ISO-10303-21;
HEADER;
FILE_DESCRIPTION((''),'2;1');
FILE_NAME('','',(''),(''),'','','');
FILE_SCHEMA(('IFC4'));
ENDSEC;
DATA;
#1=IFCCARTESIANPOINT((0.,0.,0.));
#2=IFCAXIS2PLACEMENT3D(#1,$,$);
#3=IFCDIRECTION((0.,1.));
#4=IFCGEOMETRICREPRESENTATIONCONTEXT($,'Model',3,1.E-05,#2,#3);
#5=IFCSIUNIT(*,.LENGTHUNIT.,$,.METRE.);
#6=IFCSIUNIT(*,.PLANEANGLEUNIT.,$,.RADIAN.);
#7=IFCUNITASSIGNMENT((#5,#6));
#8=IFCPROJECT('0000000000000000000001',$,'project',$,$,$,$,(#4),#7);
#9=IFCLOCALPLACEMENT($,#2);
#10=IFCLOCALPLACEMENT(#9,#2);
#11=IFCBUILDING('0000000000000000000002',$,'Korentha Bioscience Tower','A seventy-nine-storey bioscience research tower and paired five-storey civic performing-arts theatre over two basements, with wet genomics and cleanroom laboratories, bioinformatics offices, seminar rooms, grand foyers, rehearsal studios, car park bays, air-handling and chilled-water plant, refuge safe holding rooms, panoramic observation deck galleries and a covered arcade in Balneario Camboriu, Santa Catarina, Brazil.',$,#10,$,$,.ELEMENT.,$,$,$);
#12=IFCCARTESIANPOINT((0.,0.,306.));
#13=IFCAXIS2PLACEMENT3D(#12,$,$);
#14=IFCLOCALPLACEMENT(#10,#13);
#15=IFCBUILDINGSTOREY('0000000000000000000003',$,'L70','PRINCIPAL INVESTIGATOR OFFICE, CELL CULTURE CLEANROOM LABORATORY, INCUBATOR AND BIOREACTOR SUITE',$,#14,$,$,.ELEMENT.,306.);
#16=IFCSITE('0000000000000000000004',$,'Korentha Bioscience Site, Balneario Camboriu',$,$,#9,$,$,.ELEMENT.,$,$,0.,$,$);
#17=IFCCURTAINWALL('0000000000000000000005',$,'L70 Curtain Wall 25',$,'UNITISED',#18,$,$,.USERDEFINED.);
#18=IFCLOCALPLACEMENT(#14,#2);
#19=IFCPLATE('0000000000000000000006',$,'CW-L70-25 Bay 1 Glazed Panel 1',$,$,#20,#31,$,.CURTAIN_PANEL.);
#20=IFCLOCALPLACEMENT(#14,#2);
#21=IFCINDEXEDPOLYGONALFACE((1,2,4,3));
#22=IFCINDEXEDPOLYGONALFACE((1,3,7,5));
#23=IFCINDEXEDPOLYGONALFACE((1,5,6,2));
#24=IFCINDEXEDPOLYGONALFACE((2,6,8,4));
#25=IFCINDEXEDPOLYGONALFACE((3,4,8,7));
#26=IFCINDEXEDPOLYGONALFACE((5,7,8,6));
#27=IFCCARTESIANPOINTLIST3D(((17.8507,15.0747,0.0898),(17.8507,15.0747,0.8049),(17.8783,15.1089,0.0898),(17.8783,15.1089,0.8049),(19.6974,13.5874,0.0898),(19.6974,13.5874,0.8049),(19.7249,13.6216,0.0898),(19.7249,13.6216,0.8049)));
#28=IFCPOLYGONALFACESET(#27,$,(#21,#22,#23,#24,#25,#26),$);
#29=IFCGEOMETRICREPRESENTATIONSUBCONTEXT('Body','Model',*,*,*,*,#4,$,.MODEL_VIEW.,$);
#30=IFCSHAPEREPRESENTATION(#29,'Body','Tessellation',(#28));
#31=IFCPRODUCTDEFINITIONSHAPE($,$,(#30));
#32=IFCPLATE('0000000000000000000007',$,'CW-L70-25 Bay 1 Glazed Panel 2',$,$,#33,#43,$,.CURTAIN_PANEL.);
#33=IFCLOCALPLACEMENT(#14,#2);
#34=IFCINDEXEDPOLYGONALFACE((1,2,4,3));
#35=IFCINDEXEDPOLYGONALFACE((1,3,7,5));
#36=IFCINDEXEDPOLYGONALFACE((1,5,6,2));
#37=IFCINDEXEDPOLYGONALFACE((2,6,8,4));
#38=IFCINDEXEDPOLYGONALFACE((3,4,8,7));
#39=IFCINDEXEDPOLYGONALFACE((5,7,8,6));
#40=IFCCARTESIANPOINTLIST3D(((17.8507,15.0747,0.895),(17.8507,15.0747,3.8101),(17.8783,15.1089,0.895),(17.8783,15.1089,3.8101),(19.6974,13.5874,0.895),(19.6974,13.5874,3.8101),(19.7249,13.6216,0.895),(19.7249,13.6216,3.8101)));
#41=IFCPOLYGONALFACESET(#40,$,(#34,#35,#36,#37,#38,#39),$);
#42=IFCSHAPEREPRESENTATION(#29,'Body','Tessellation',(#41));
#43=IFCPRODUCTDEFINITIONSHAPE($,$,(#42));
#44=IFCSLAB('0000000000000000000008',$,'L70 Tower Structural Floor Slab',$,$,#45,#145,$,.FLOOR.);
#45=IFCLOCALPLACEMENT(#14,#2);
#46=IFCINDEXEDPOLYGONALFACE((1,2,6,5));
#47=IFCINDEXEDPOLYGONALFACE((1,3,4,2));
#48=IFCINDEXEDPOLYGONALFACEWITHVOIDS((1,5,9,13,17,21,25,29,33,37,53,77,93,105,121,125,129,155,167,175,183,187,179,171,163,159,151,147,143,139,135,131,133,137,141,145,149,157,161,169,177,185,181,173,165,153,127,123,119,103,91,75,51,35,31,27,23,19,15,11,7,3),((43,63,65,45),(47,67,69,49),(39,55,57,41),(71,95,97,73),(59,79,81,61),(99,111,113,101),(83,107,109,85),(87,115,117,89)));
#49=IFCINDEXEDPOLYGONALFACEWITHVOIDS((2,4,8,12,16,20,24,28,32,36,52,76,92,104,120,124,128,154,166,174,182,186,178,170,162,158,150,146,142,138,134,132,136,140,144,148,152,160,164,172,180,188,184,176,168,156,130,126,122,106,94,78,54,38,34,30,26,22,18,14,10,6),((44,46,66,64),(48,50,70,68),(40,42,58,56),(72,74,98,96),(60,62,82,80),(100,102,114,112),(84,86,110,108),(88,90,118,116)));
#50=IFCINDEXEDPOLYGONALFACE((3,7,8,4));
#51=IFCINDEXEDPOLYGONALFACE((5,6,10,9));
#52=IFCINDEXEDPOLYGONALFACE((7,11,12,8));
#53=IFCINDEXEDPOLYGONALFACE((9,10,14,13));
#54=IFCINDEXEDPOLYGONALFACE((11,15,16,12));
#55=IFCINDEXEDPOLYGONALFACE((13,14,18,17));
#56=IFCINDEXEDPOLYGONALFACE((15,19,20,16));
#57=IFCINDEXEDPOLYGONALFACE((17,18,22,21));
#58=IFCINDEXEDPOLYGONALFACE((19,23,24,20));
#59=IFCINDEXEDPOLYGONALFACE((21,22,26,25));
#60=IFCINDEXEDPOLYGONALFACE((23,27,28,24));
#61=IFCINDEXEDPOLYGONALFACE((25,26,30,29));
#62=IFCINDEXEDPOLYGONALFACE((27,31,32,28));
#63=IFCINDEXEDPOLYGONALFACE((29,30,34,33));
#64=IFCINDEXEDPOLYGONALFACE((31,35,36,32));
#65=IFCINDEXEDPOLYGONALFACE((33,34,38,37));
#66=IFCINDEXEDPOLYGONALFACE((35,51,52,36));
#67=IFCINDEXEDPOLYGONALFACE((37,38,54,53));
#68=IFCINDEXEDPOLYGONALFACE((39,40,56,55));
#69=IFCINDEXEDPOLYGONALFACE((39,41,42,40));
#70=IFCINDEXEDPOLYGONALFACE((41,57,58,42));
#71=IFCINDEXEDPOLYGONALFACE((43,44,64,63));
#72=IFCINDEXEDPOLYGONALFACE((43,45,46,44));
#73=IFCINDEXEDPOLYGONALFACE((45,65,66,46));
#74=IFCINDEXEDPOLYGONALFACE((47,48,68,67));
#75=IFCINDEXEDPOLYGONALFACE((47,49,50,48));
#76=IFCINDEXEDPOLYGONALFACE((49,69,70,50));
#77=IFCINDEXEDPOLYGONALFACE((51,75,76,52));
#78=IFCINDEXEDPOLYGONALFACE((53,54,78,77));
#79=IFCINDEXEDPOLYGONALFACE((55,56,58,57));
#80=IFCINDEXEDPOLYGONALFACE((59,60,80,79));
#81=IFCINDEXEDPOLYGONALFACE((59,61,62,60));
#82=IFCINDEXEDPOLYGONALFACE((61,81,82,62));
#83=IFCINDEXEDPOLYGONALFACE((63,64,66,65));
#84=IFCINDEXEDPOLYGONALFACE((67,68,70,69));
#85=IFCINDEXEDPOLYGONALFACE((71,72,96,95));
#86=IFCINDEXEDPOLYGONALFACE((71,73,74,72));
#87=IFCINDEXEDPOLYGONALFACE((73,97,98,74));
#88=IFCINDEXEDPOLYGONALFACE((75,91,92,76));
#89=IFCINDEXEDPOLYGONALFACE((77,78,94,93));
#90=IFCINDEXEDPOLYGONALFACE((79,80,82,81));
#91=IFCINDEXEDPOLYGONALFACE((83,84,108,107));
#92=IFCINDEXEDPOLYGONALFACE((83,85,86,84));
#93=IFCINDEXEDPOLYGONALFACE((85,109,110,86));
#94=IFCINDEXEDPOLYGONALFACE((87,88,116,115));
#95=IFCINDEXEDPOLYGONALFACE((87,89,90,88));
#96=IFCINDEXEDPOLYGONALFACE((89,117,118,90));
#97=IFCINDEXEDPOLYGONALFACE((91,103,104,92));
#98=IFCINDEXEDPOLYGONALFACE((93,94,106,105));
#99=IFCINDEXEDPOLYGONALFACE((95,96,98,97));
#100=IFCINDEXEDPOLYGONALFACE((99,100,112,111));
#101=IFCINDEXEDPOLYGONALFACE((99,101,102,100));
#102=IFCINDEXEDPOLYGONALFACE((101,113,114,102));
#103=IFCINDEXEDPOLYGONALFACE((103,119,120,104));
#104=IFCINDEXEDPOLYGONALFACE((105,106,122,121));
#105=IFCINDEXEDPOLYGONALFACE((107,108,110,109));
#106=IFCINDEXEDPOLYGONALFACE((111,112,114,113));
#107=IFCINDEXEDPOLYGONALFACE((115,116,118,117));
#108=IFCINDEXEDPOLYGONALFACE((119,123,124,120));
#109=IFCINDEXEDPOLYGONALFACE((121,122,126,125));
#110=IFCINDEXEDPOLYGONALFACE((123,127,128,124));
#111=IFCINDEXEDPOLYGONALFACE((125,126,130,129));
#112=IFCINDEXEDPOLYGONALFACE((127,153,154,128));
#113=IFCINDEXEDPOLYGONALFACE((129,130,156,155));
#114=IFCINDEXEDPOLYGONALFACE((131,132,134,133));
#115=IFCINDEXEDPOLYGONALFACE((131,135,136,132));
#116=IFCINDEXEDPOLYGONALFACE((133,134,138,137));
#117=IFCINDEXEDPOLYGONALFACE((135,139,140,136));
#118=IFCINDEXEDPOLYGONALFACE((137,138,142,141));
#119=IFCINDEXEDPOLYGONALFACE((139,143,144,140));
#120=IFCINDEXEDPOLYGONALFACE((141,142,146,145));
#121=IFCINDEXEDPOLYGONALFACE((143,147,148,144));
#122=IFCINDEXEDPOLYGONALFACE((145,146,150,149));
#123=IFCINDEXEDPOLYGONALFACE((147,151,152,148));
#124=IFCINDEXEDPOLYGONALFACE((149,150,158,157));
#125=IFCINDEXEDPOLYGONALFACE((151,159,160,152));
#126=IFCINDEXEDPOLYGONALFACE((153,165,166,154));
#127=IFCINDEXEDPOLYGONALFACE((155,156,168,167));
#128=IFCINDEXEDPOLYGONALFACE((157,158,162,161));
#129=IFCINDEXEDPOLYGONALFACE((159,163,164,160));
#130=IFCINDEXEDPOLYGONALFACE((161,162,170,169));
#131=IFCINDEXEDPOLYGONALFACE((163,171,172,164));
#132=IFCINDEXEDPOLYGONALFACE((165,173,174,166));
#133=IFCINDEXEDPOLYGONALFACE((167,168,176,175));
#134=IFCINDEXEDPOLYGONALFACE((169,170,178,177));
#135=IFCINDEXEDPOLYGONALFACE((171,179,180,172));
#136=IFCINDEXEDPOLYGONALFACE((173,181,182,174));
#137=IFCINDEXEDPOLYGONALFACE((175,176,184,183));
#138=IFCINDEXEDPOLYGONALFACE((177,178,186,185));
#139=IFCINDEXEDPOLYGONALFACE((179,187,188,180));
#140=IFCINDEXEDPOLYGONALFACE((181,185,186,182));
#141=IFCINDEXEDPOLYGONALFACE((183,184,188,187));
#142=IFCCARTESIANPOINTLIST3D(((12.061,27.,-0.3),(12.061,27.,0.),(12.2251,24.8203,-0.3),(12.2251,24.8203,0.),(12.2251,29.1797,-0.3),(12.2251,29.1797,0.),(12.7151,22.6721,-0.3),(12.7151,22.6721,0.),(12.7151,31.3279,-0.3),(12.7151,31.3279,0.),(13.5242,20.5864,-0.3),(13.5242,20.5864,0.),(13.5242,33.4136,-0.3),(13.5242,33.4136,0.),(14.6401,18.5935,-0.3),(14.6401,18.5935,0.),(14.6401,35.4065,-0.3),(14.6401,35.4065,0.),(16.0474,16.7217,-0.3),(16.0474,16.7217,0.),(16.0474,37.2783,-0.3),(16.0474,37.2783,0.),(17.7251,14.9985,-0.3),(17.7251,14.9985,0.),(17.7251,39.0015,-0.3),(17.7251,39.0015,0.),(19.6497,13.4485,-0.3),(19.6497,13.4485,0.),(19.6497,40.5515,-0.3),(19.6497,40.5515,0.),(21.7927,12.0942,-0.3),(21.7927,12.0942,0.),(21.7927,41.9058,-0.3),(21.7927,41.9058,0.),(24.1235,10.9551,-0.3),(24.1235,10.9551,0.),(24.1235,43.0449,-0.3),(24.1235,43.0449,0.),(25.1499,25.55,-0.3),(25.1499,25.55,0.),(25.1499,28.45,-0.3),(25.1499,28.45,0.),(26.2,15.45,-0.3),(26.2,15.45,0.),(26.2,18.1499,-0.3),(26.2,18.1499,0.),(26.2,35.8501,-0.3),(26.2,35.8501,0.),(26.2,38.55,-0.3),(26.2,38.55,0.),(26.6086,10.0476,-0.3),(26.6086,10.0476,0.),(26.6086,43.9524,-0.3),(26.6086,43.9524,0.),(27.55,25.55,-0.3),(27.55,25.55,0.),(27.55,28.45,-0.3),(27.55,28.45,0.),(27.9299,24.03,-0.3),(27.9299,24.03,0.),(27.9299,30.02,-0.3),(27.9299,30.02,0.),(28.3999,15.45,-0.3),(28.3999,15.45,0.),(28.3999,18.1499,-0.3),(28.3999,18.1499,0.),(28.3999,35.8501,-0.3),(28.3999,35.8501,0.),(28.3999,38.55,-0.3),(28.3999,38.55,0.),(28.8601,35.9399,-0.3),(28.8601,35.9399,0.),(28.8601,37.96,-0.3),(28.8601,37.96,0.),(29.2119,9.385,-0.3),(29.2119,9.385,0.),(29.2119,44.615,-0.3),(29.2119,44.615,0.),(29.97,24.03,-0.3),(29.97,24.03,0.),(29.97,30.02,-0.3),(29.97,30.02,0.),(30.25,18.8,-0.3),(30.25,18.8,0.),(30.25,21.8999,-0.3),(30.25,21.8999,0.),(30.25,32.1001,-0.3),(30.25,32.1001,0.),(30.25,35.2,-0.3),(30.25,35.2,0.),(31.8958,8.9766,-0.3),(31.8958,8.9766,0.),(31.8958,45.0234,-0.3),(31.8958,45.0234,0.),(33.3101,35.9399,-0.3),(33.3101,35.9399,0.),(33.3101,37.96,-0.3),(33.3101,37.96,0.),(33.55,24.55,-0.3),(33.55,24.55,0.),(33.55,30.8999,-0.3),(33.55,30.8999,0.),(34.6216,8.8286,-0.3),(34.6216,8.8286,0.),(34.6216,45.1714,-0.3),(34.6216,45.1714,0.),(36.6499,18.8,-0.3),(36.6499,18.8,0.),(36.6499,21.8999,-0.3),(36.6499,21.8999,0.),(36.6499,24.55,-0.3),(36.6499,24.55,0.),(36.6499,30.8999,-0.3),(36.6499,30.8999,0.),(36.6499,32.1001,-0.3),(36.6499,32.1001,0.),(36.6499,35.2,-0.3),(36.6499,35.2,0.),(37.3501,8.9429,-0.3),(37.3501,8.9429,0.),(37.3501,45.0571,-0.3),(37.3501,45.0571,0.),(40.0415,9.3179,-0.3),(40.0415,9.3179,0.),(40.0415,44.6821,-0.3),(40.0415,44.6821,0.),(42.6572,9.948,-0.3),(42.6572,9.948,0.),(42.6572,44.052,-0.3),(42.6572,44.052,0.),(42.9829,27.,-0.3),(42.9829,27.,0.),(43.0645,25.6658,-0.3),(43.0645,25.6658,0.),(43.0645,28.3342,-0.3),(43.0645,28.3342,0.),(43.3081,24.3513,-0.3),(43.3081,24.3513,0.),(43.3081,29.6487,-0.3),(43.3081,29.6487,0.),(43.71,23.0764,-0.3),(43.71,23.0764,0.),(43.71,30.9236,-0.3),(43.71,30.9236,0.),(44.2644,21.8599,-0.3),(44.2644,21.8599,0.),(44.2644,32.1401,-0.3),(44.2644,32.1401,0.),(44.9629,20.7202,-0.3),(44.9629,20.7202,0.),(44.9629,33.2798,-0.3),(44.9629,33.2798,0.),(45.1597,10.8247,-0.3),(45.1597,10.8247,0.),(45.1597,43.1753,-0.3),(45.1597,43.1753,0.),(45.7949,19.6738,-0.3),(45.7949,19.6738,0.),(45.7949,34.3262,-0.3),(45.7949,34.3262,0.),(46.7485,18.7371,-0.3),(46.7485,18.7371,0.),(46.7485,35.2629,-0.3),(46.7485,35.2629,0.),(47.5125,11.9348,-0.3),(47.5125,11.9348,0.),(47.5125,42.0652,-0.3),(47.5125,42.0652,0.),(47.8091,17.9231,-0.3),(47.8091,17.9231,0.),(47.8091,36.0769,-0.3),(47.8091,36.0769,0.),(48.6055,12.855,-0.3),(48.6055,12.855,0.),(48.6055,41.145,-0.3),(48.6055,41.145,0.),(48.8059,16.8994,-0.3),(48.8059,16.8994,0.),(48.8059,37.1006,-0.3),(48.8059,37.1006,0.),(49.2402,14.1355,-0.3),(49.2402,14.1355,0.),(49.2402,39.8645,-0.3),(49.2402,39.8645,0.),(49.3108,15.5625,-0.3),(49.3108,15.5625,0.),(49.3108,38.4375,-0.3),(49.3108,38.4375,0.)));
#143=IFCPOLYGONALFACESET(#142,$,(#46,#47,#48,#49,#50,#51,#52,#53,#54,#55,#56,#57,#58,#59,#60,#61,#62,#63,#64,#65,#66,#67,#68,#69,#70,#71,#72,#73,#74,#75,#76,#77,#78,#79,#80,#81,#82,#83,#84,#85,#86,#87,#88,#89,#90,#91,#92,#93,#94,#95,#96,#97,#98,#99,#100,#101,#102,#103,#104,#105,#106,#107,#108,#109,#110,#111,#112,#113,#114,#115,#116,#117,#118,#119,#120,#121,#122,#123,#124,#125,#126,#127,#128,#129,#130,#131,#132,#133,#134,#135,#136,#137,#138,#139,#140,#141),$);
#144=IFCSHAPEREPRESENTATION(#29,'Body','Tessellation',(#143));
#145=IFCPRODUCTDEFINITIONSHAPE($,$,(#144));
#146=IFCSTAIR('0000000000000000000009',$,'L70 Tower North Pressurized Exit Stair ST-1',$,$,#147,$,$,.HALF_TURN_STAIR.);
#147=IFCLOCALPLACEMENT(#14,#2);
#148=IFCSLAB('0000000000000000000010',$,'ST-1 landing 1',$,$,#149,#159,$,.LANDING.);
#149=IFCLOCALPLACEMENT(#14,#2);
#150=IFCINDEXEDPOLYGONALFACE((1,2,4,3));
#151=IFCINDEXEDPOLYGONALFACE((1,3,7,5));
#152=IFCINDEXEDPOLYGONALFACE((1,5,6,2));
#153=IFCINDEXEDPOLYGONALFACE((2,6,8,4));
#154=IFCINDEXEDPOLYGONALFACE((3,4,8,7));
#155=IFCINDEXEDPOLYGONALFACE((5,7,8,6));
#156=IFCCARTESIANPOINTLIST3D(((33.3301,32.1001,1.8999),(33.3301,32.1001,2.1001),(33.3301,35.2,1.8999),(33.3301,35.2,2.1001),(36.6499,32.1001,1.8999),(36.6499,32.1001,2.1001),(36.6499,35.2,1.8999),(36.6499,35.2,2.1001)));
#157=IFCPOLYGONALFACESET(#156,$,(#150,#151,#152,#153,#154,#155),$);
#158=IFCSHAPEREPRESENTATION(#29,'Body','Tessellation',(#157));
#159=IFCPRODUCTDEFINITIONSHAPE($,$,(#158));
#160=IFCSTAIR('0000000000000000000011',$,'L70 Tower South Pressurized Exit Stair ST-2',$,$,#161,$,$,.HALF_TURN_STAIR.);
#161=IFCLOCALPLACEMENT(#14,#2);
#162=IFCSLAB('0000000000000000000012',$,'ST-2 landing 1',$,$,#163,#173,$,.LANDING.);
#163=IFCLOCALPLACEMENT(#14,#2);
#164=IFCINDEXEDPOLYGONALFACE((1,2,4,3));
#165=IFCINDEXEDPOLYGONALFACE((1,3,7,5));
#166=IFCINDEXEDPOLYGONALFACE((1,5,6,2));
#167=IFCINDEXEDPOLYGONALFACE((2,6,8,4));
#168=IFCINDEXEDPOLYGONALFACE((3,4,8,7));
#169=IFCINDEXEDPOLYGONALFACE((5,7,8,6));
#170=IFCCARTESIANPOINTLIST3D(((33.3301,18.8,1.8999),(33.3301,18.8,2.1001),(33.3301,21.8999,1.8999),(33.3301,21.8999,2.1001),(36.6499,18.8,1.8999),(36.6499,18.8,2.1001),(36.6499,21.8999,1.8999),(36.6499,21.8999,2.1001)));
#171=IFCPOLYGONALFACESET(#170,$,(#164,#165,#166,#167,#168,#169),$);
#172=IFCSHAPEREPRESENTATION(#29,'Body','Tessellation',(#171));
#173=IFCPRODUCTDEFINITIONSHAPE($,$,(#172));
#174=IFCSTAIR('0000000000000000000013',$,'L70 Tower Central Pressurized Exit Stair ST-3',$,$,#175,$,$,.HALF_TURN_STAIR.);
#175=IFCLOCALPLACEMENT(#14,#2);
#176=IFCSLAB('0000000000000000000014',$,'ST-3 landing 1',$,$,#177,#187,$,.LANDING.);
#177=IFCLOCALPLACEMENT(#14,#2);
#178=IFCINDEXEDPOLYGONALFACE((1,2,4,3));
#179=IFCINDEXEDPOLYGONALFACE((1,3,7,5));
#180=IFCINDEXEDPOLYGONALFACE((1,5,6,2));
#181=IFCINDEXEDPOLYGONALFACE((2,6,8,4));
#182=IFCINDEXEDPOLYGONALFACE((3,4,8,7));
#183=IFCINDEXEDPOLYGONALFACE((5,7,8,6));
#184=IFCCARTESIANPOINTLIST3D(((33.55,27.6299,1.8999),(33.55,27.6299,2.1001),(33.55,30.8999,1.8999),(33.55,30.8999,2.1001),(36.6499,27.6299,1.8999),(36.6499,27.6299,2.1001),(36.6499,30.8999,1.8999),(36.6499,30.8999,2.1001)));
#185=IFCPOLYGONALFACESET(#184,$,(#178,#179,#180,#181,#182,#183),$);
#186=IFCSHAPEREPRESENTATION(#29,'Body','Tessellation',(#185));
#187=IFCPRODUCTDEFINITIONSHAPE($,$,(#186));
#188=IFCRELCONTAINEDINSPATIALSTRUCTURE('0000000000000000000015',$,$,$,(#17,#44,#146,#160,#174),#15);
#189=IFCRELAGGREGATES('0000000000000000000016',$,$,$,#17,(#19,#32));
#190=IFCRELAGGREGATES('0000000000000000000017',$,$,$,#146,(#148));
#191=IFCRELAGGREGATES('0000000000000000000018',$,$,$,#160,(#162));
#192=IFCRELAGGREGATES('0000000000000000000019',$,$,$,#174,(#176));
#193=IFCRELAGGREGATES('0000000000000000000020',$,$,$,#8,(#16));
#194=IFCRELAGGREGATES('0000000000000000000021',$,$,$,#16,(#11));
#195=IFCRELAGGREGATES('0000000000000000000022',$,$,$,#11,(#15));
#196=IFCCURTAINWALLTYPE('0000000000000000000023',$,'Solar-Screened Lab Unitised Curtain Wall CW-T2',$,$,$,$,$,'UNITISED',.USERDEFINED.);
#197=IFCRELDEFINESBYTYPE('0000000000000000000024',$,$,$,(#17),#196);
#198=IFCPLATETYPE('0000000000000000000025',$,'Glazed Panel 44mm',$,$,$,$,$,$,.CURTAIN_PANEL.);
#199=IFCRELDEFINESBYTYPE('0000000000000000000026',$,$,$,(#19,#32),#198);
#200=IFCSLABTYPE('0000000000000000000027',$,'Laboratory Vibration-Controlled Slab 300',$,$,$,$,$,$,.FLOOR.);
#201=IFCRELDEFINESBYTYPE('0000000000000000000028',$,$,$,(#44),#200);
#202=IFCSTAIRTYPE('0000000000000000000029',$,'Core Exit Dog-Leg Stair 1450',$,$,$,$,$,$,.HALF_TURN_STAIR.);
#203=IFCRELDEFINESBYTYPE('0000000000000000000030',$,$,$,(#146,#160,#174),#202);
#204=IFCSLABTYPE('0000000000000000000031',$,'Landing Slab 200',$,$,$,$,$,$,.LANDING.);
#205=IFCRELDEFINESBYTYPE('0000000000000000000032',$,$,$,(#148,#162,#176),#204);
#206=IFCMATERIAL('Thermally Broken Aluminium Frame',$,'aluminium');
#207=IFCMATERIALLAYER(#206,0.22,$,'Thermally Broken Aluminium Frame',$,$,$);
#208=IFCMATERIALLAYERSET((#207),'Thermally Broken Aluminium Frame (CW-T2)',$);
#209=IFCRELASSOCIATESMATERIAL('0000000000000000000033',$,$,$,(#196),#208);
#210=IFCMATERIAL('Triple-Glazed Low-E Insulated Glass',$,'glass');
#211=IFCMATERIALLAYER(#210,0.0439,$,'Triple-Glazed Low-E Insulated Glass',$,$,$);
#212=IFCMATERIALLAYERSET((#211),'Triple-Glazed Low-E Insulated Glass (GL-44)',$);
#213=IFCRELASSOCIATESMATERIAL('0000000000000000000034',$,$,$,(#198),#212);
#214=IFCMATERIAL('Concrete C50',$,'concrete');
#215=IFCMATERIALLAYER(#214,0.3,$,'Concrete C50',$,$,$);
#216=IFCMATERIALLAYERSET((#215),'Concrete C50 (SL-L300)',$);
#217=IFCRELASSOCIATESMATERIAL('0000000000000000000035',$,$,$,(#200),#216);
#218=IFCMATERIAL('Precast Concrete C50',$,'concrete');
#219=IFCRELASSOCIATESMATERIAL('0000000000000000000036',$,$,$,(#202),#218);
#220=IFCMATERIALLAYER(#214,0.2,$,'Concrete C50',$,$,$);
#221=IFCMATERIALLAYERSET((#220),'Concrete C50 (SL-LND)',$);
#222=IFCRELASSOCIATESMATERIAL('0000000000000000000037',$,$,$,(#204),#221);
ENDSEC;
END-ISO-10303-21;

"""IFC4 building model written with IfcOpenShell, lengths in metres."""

from ifc_helpers import new_model, si_unit, direction, frame, origin, origin_2d, place, context, subcontext, project, spatial, polyline, rectangle, outline, extrude, material, layer, layer_set, type_object, element, aggregate, save


model = new_model("IFC4")

# Units and contexts
model_context = context("Model", 3, precision=1e-05, world=origin(), true_north=direction((0.0, 1.0)))
body_context = subcontext(model_context, "Body", "Model", "MODEL_VIEW")
ifc_project = project(units=[si_unit("LENGTHUNIT", "METRE"), si_unit("PLANEANGLEUNIT", "RADIAN")], contexts=[model_context])

# Site, building, storey
site_placement = place(None, origin())
site = spatial("IfcSite", under=ifc_project, at=site_placement, Name="Korentha Bioscience Site, Balneario Camboriu", CompositionType="ELEMENT", RefElevation=0.0)
building_placement = place(site_placement, origin())
building = spatial("IfcBuilding", under=site, at=building_placement, Name="Korentha Bioscience Tower", Description="A seventy-nine-storey bioscience research tower and paired five-storey civic performing-arts theatre over two basements, with wet genomics and cleanroom laboratories, bioinformatics offices, seminar rooms, grand foyers, rehearsal studios, car park bays, air-handling and chilled-water plant, refuge safe holding rooms, panoramic observation deck galleries and a covered arcade in Balneario Camboriu, Santa Catarina, Brazil.", CompositionType="ELEMENT")
storey_placement = place(building_placement, frame((0.0, 0.0, 306.0)))
storey = spatial("IfcBuildingStorey", under=building, at=storey_placement, Name="L70", Description="PRINCIPAL INVESTIGATOR OFFICE, CELL CULTURE CLEANROOM LABORATORY, INCUBATOR AND BIOREACTOR SUITE", CompositionType="ELEMENT", Elevation=306.0)

# Curtain wall, plates
ifc_material_1 = material(Name="Thermally Broken Aluminium Frame", Category="aluminium")
ifc_layer_1 = layer(ifc_material_1, 0.22, Name="Thermally Broken Aluminium Frame")
ifc_layer_set_1 = layer_set([ifc_layer_1], Name="Thermally Broken Aluminium Frame (CW-T2)")
curtain_wall_type = type_object("IfcCurtainWallType", Name="Solar-Screened Lab Unitised Curtain Wall CW-T2", ElementType="UNITISED", PredefinedType="USERDEFINED", material=ifc_layer_set_1)
curtain_wall_placement = place(storey_placement, origin())
curtain_wall = element("IfcCurtainWall", 1, at=curtain_wall_placement, inside=storey, type_object=curtain_wall_type, Name="L70 Curtain Wall 25", ObjectType="UNITISED", PredefinedType="USERDEFINED")
ifc_material_2 = material(Name="Triple-Glazed Low-E Insulated Glass", Category="glass")
ifc_layer_2 = layer(ifc_material_2, 0.0439, Name="Triple-Glazed Low-E Insulated Glass")
ifc_layer_set_2 = layer_set([ifc_layer_2], Name="Triple-Glazed Low-E Insulated Glass (GL-44)")
plate_type = type_object("IfcPlateType", Name="Glazed Panel 44mm", PredefinedType="CURTAIN_PANEL", material=ifc_layer_set_2)
plate_1_placement = place(storey_placement, frame((18.7878, 14.3481, 0.0898), z_axis=(0.0, 0.0, 1.0), x_axis=(0.778807, -0.627264, 0.0)))
plate_1 = element("IfcPlate", 2, at=plate_1_placement, type_object=plate_type, Name="CW-L70-25 Bay 1 Glazed Panel 1", PredefinedType="CURTAIN_PANEL", context=body_context, shape_type="SweptSolid", body=[
    extrude(rectangle(XDim=2.3711, YDim=0.0439, at=origin_2d()), origin(), (0.0, 0.0, 1.0), 0.7151),
])
plate_2_placement = place(storey_placement, frame((18.7878, 14.3481, 0.895), z_axis=(0.0, 0.0, 1.0), x_axis=(0.778807, -0.627264, 0.0)))
plate_2 = element("IfcPlate", 3, at=plate_2_placement, type_object=plate_type, Name="CW-L70-25 Bay 1 Glazed Panel 2", PredefinedType="CURTAIN_PANEL", context=body_context, shape_type="SweptSolid", body=[
    extrude(rectangle(XDim=2.3711, YDim=0.0439, at=origin_2d()), origin(), (0.0, 0.0, 1.0), 2.915),
])
aggregate(curtain_wall, [plate_1, plate_2])

# Slab
ifc_material_3 = material(Name="Concrete C50", Category="concrete")
ifc_layer_3 = layer(ifc_material_3, 0.3, Name="Concrete C50")
ifc_layer_set_3 = layer_set([ifc_layer_3], Name="Concrete C50 (SL-L300)")
slab_type_1 = type_object("IfcSlabType", Name="Laboratory Vibration-Controlled Slab 300", PredefinedType="FLOOR", material=ifc_layer_set_3)
slab_1_placement = place(storey_placement, frame((0.0, 0.0, -0.3)))
element("IfcSlab", 4, at=slab_1_placement, inside=storey, type_object=slab_type_1, Name="L70 Tower Structural Floor Slab", PredefinedType="FLOOR", context=body_context, shape_type="SweptSolid", body=[
    extrude(outline(polyline([(47.5125, 42.0652), (45.1597, 43.1753), (42.6572, 44.052), (40.0415, 44.6821), (37.3501, 45.0571), (34.6216, 45.1714), (31.8958, 45.0234), (29.2119, 44.615), (26.6086, 43.9524), (24.1235, 43.0449), (21.7927, 41.9058), (19.6497, 40.5515), (17.7251, 39.0015), (16.0474, 37.2783), (14.6401, 35.4065), (13.5242, 33.4136), (12.7151, 31.3279), (12.2251, 29.1797), (12.061, 27.0), (12.2251, 24.8203), (12.7151, 22.6721), (13.5242, 20.5864), (14.6401, 18.5935), (16.0474, 16.7217), (17.7251, 14.9985), (19.6497, 13.4485), (21.7927, 12.0942), (24.1235, 10.9551), (26.6086, 10.0476), (29.2119, 9.385), (31.8958, 8.9766), (34.6216, 8.8286), (37.3501, 8.9429), (40.0415, 9.3179), (42.6572, 9.948), (45.1597, 10.8247), (47.5125, 11.9348), (48.6055, 12.855), (49.2402, 14.1355), (49.3108, 15.5625), (48.8059, 16.8994), (47.8091, 17.9231), (46.7485, 18.7371), (45.7949, 19.6738), (44.9629, 20.7202), (44.2644, 21.8599), (43.71, 23.0764), (43.3081, 24.3513), (43.0645, 25.6658), (42.9829, 27.0), (43.0645, 28.3342), (43.3081, 29.6487), (43.71, 30.9236), (44.2644, 32.1401), (44.9629, 33.2798), (45.7949, 34.3262), (46.7485, 35.2629), (47.8091, 36.0769), (48.8059, 37.1006), (49.3108, 38.4375), (49.2402, 39.8645), (48.6055, 41.145), (47.5125, 42.0652)]), holes=[polyline([(30.25, 32.1001), (36.6499, 32.1001), (36.6499, 35.2), (30.25, 35.2), (30.25, 32.1001)]), polyline([(30.25, 18.8), (36.6499, 18.8), (36.6499, 21.8999), (30.25, 21.8999), (30.25, 18.8)]), polyline([(36.6499, 24.55), (36.6499, 30.8999), (33.55, 30.8999), (33.55, 24.55), (36.6499, 24.55)]), polyline([(27.9299, 24.03), (29.97, 24.03), (29.97, 30.02), (27.9299, 30.02), (27.9299, 24.03)]), polyline([(28.8601, 35.9399), (33.3101, 35.9399), (33.3101, 37.96), (28.8601, 37.96), (28.8601, 35.9399)]), polyline([(26.2, 15.45), (28.3999, 15.45), (28.3999, 18.1499), (26.2, 18.1499), (26.2, 15.45)]), polyline([(26.2, 35.8501), (28.3999, 35.8501), (28.3999, 38.55), (26.2, 38.55), (26.2, 35.8501)]), polyline([(25.1499, 25.55), (27.55, 25.55), (27.55, 28.45), (25.1499, 28.45), (25.1499, 25.55)])]), origin(), (0.0, 0.0, 1.0), 0.3),
])

# Stairs, slabs
ifc_material_4 = material(Name="Precast Concrete C50", Category="concrete")
stair_type = type_object("IfcStairType", Name="Core Exit Dog-Leg Stair 1450", PredefinedType="HALF_TURN_STAIR", material=ifc_material_4)
stair_1_placement = place(storey_placement, origin())
stair_1 = element("IfcStair", 5, at=stair_1_placement, inside=storey, type_object=stair_type, Name="L70 Tower North Pressurized Exit Stair ST-1", PredefinedType="HALF_TURN_STAIR")
ifc_layer_4 = layer(ifc_material_3, 0.2, Name="Concrete C50")
ifc_layer_set_4 = layer_set([ifc_layer_4], Name="Concrete C50 (SL-LND)")
slab_type_2 = type_object("IfcSlabType", Name="Landing Slab 200", PredefinedType="LANDING", material=ifc_layer_set_4)
slab_2_placement = place(storey_placement, frame((0.0, 0.0, 1.8999)))
slab_2 = element("IfcSlab", 6, at=slab_2_placement, type_object=slab_type_2, Name="ST-1 landing 1", PredefinedType="LANDING", context=body_context, shape_type="SweptSolid", body=[
    extrude(outline(polyline([(33.3301, 32.1001), (36.6499, 32.1001), (36.6499, 35.2), (33.3301, 35.2), (33.3301, 32.1001)])), origin(), (0.0, 0.0, 1.0), 0.2002),
])
aggregate(stair_1, [slab_2])
stair_2_placement = place(storey_placement, origin())
stair_2 = element("IfcStair", 7, at=stair_2_placement, inside=storey, type_object=stair_type, Name="L70 Tower South Pressurized Exit Stair ST-2", PredefinedType="HALF_TURN_STAIR")
slab_3_placement = place(storey_placement, frame((0.0, 0.0, 1.8999)))
slab_3 = element("IfcSlab", 8, at=slab_3_placement, type_object=slab_type_2, Name="ST-2 landing 1", PredefinedType="LANDING", context=body_context, shape_type="SweptSolid", body=[
    extrude(outline(polyline([(33.3301, 18.8), (36.6499, 18.8), (36.6499, 21.8999), (33.3301, 21.8999), (33.3301, 18.8)])), origin(), (0.0, 0.0, 1.0), 0.2002),
])
aggregate(stair_2, [slab_3])
stair_3_placement = place(storey_placement, origin())
stair_3 = element("IfcStair", 9, at=stair_3_placement, inside=storey, type_object=stair_type, Name="L70 Tower Central Pressurized Exit Stair ST-3", PredefinedType="HALF_TURN_STAIR")
slab_4_placement = place(storey_placement, frame((0.0, 0.0, 1.8999)))
slab_4 = element("IfcSlab", 10, at=slab_4_placement, type_object=slab_type_2, Name="ST-3 landing 1", PredefinedType="LANDING", context=body_context, shape_type="SweptSolid", body=[
    extrude(outline(polyline([(36.6499, 27.6299), (36.6499, 30.8999), (33.55, 30.8999), (33.55, 27.6299), (36.6499, 27.6299)])), origin(), (0.0, 0.0, 1.0), 0.2002),
])
aggregate(stair_3, [slab_4])

save(model, "model.ifc")
